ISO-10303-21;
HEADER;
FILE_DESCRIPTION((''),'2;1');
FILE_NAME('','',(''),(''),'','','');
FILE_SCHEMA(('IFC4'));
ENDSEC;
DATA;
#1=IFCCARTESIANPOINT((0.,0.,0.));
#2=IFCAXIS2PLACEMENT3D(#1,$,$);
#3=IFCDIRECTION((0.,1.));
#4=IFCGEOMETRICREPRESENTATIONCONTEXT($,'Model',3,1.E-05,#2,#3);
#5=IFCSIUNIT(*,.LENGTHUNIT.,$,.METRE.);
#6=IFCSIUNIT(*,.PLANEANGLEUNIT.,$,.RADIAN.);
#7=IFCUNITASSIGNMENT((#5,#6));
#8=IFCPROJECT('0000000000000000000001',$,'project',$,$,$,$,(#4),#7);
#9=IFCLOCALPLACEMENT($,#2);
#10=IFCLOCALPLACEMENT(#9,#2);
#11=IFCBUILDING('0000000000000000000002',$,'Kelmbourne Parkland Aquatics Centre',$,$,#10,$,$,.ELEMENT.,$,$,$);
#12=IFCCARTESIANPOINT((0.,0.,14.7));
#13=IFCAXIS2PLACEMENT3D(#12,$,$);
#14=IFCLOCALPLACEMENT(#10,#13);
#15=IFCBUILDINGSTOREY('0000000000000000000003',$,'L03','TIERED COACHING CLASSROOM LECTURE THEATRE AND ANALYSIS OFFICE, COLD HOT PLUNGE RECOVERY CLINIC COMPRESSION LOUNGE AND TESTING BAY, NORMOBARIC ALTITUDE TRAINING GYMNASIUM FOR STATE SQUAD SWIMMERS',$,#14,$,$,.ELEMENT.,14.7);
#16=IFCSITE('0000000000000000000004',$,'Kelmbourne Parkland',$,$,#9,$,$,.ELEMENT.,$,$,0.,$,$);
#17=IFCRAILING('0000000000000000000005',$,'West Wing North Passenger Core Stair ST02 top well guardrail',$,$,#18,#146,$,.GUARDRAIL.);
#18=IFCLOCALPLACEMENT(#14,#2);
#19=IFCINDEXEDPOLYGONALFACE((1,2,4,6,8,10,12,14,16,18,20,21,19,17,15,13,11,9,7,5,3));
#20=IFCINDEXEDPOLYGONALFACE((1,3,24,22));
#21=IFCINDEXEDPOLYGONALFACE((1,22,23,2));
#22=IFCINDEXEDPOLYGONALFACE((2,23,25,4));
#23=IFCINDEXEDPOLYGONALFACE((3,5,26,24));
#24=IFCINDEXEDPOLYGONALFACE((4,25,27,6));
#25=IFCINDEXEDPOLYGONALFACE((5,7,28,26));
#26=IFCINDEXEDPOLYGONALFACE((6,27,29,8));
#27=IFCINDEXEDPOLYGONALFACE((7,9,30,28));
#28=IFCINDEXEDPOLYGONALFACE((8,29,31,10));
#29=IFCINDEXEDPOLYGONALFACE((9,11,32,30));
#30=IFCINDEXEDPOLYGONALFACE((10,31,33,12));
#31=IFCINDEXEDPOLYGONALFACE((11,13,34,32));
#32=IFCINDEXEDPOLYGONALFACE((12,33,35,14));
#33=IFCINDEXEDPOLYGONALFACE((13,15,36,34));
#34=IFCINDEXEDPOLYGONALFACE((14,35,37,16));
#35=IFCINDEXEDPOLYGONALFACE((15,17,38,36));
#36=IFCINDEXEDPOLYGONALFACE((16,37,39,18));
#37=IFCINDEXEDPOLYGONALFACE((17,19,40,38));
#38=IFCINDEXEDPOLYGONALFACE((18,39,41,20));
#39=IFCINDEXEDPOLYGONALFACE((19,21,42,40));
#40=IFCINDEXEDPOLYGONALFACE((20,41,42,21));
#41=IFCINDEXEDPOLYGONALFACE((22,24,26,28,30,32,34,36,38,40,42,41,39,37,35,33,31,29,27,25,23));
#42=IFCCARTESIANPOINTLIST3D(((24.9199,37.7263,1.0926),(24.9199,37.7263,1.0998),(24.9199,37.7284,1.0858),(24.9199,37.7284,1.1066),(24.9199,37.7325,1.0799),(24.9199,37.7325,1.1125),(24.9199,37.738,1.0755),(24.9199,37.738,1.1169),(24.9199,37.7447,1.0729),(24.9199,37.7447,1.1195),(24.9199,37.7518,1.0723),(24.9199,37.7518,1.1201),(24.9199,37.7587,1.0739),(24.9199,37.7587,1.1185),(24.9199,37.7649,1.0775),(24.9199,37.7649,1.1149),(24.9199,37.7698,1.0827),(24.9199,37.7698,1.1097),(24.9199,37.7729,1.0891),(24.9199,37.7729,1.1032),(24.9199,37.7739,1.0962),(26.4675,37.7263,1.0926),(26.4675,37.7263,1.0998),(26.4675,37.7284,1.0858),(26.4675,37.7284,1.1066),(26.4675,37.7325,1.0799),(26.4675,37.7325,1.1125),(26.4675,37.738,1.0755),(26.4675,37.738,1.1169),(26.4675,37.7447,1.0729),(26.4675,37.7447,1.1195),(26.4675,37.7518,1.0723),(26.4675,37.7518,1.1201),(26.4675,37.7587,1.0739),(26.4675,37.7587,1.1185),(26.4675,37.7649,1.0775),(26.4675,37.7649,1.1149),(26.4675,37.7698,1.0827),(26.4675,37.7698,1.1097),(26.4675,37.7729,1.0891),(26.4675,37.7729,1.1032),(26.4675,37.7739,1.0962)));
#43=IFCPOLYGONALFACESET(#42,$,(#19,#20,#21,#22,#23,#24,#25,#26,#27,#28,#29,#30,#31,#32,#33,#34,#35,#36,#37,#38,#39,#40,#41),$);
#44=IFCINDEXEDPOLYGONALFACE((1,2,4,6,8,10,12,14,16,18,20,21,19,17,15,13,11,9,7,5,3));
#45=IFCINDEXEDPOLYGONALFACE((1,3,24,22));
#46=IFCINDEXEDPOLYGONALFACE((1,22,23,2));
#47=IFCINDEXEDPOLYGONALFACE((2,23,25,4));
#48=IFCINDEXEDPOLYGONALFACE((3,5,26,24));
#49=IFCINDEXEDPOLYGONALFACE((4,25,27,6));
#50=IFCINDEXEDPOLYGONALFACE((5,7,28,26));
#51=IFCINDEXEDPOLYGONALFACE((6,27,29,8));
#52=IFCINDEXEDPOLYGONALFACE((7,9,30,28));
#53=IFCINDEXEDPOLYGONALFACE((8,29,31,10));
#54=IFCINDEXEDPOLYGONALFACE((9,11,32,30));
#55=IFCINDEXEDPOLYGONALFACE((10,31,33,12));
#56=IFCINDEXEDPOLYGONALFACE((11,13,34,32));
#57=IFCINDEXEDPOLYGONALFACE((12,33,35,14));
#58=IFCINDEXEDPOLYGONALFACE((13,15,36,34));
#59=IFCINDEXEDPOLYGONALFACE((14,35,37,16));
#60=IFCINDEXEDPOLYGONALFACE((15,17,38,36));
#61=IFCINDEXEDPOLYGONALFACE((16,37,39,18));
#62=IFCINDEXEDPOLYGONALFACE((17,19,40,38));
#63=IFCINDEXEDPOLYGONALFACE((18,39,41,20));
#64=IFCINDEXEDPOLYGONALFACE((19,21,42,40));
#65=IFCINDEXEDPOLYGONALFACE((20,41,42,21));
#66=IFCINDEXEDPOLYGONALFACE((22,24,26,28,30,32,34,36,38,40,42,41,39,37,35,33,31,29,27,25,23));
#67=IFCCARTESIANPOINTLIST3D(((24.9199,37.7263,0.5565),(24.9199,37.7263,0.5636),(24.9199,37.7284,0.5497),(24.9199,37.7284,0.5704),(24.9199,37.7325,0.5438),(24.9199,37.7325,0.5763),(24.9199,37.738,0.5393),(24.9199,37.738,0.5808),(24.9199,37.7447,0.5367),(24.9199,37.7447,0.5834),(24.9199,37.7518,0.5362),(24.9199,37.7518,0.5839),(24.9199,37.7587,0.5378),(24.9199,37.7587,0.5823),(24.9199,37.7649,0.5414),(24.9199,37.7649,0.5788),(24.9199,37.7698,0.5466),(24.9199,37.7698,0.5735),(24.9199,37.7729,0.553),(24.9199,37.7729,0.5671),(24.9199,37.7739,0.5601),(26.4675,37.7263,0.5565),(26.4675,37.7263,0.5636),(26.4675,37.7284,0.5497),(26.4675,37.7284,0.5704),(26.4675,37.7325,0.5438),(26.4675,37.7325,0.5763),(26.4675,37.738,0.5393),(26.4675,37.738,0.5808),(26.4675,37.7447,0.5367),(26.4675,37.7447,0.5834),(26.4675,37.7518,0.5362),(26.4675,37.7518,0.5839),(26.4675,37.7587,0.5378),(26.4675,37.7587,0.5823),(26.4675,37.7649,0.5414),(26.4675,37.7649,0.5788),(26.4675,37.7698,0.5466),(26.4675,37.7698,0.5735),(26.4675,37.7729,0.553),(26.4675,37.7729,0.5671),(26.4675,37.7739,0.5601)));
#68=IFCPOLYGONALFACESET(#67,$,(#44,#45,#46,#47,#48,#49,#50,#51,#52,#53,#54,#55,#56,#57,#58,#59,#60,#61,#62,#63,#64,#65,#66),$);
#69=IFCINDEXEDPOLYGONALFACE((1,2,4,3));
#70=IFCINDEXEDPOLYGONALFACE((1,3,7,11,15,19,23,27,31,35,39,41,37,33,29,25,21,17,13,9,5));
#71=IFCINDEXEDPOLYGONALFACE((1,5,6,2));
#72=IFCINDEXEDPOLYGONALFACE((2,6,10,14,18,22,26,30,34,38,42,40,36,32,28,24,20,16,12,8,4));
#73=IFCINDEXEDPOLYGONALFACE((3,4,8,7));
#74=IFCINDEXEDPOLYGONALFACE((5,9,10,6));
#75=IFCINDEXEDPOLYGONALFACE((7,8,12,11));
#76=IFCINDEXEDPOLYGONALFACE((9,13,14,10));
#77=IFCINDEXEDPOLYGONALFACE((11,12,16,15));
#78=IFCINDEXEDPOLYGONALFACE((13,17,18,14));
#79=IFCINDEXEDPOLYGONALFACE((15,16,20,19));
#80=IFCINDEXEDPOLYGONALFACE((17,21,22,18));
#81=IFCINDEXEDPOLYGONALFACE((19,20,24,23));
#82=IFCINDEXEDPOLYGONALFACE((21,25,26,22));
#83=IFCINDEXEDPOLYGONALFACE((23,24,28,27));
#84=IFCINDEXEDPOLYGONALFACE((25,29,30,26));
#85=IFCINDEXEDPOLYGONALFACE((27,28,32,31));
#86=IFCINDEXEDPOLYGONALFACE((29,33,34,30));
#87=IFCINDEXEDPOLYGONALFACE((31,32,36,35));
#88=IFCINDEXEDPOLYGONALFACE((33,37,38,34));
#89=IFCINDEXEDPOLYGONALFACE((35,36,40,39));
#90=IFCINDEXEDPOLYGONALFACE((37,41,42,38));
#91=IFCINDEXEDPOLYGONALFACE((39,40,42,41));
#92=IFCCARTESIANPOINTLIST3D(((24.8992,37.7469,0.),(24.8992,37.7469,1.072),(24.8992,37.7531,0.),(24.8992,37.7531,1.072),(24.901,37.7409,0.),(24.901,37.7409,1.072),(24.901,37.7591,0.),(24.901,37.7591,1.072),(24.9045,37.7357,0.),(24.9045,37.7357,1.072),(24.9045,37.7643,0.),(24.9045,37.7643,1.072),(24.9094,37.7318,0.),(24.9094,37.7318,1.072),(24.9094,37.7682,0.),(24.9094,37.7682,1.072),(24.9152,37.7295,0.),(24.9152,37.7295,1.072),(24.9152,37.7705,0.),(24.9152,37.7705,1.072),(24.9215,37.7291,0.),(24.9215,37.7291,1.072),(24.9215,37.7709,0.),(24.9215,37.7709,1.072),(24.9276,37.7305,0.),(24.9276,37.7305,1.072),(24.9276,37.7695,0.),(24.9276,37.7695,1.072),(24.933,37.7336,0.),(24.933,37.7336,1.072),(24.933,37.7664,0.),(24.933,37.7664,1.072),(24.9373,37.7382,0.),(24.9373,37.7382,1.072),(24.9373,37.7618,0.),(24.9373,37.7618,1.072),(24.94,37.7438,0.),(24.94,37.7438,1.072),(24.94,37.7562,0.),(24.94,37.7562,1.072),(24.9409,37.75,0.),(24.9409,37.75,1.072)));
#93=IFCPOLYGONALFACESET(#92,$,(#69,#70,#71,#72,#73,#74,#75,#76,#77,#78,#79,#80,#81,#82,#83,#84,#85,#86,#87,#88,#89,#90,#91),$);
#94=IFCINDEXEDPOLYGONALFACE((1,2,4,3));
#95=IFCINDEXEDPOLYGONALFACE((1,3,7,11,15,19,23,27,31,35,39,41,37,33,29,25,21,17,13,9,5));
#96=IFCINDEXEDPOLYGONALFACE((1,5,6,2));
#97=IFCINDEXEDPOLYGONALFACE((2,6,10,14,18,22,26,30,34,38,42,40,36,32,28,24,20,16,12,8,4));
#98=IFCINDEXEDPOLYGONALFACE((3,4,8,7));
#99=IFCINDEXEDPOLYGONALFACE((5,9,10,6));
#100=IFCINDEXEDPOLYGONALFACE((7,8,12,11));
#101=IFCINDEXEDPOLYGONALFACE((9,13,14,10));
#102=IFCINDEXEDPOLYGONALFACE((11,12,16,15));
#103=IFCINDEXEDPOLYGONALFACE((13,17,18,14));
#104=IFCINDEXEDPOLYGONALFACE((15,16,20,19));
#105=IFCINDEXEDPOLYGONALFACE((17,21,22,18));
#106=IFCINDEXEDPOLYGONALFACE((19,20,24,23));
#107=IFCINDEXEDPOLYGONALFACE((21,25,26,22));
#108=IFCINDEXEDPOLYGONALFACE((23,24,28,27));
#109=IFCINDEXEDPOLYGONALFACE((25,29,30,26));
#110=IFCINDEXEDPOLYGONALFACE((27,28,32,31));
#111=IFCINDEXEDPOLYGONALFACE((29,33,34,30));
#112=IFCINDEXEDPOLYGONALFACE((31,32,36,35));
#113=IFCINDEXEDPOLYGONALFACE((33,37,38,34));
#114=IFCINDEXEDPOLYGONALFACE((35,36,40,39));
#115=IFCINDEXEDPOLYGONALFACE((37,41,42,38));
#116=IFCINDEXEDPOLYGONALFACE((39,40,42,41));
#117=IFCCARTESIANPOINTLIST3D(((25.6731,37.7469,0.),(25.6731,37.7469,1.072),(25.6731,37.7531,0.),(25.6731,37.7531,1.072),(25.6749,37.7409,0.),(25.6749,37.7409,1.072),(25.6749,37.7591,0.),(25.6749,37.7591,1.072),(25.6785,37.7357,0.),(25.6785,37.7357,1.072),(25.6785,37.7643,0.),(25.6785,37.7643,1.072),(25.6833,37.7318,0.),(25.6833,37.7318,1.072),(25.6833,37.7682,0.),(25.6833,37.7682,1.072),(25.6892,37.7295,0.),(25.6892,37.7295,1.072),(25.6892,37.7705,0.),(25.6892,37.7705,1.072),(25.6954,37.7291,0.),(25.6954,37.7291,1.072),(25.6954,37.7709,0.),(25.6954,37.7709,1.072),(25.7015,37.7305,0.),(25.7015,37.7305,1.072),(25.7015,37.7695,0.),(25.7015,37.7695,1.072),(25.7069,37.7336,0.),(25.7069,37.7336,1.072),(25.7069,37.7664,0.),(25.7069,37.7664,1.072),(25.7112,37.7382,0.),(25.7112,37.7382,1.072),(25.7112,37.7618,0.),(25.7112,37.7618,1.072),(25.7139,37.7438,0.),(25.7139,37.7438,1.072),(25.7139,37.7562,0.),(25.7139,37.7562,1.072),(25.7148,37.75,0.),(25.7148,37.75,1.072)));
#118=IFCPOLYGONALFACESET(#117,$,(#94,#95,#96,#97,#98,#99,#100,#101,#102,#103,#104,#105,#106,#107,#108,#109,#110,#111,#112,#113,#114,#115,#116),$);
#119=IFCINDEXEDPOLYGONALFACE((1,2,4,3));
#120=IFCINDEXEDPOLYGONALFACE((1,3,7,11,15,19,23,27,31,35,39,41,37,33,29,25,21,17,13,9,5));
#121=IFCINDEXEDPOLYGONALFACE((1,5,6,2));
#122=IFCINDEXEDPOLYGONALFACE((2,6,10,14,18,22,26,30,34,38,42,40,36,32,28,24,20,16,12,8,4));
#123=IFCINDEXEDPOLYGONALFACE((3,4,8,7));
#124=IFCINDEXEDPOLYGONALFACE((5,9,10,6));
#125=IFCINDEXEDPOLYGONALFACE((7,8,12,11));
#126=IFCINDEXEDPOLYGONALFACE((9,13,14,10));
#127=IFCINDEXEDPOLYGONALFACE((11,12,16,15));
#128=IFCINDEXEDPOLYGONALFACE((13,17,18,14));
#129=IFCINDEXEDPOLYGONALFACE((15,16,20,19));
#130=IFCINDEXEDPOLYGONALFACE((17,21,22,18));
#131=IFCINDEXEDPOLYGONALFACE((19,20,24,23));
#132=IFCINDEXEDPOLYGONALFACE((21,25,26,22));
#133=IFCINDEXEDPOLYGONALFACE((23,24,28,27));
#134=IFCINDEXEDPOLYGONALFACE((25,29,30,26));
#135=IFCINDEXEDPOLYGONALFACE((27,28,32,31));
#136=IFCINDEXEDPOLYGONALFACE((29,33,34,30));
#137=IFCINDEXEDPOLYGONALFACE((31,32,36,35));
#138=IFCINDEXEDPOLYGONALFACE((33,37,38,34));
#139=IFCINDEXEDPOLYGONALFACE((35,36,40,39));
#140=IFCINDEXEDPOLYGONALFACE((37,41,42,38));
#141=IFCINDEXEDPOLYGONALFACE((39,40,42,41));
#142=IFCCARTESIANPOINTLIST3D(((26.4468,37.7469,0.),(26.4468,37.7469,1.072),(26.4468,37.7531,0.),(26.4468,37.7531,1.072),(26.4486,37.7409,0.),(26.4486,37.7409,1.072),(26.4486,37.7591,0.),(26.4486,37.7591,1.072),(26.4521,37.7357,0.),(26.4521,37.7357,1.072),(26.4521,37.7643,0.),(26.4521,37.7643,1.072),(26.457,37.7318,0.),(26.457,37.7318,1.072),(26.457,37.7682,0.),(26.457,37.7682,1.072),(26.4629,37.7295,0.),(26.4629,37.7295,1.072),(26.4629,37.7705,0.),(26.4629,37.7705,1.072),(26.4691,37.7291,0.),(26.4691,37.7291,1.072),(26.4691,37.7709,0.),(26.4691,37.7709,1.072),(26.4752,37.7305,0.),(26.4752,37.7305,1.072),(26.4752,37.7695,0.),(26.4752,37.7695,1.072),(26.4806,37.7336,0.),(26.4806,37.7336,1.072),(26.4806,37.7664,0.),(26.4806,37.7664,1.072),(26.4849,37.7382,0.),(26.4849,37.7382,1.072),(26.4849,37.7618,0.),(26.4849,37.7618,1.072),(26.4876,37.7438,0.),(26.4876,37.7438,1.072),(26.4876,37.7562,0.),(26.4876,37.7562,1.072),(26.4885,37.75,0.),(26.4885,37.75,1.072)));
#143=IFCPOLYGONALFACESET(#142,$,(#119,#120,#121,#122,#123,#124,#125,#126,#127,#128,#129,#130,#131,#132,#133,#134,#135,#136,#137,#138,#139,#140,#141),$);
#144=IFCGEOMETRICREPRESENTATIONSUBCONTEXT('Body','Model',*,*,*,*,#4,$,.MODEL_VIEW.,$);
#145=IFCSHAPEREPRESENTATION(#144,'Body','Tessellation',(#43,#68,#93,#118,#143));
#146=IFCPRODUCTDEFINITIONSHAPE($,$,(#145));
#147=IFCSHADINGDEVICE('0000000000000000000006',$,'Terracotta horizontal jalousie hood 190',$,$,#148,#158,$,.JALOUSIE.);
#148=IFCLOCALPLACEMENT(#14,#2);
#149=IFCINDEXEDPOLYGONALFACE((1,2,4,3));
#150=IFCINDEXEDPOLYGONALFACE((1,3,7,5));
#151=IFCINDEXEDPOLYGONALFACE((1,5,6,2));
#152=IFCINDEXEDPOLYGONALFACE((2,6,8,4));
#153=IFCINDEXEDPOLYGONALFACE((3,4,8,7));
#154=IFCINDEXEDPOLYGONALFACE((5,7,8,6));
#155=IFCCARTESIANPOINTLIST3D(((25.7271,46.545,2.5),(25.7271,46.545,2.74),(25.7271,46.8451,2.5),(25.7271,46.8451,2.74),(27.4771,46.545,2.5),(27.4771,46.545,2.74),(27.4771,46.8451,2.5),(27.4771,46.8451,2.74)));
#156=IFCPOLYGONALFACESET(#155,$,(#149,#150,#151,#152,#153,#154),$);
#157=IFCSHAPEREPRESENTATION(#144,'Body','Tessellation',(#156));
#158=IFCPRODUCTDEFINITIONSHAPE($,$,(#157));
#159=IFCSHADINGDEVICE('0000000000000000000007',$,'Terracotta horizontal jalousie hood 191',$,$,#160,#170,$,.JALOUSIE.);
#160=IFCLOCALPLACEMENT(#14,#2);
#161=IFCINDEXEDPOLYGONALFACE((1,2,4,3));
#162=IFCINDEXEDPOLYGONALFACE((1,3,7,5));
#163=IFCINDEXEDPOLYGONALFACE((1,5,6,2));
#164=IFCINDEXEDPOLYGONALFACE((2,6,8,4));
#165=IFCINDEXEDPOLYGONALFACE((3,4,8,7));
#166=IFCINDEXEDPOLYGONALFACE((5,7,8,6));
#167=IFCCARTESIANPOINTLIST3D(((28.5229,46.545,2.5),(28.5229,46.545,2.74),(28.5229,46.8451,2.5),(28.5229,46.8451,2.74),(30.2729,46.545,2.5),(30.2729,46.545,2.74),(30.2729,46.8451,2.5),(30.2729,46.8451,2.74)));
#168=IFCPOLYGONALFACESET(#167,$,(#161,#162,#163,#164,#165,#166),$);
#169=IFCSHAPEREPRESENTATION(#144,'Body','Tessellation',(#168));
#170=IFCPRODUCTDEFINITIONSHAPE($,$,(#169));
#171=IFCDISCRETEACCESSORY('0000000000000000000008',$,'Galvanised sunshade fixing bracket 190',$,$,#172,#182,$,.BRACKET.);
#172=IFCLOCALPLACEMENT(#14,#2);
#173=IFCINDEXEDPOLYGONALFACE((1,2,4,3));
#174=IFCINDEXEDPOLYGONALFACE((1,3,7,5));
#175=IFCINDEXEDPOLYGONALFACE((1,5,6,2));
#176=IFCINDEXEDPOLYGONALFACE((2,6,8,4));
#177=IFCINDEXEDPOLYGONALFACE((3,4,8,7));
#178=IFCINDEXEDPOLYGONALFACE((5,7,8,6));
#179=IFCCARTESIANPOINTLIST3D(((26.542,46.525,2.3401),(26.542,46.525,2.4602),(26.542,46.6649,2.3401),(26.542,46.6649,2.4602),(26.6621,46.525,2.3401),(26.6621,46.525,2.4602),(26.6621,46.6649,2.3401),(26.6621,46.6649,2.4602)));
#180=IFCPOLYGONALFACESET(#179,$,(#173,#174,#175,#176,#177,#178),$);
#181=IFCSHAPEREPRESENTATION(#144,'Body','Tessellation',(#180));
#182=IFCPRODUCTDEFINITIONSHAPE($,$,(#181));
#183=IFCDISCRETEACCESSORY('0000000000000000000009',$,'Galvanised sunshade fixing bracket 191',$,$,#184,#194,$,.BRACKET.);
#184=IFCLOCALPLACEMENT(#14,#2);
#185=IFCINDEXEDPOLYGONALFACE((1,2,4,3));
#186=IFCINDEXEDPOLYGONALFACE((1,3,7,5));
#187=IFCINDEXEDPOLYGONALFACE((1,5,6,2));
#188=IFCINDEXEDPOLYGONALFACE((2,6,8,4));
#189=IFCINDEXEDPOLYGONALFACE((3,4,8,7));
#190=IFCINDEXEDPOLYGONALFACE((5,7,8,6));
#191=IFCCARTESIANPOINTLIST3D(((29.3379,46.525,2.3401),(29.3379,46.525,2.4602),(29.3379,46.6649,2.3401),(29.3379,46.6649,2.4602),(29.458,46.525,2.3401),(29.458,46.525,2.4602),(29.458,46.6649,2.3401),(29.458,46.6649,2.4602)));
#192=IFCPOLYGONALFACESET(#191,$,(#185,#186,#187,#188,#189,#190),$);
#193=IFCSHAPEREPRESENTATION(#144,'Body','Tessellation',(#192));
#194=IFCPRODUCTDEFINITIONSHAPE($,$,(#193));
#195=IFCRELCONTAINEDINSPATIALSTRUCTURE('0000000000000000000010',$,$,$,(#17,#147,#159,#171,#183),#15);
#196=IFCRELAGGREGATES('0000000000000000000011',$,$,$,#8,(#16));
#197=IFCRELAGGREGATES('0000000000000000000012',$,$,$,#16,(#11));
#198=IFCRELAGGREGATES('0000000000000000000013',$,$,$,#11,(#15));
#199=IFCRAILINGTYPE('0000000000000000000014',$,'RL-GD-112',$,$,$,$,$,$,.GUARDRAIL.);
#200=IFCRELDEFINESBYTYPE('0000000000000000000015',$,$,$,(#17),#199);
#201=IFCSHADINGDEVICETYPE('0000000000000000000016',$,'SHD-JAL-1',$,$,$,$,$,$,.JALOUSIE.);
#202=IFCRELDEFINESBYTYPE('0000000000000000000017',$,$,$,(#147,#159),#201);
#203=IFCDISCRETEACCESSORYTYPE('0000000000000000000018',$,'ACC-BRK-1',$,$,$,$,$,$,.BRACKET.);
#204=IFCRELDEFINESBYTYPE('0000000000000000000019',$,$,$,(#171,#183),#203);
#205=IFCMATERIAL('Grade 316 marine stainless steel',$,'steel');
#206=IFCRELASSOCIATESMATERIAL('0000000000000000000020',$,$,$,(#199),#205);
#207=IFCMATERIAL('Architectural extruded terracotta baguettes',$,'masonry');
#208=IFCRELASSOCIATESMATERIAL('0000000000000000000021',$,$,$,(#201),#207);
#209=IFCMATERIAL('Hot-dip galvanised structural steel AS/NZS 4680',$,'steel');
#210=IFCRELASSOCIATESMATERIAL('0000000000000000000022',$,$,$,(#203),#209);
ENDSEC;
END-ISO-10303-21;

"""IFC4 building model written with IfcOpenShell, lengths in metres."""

from ifc_helpers import new_model, si_unit, direction, frame, origin, origin_2d, place, context, subcontext, project, spatial, rectangle, circle, extrude, material, type_object, element, save


model = new_model("IFC4")

# Units and contexts
model_context = context("Model", 3, precision=1e-05, world=origin(), true_north=direction((0.0, 1.0)))
body_context = subcontext(model_context, "Body", "Model", "MODEL_VIEW")
ifc_project = project(units=[si_unit("LENGTHUNIT", "METRE"), si_unit("PLANEANGLEUNIT", "RADIAN")], contexts=[model_context])

# Site, building, storey
site_placement = place(None, origin())
site = spatial("IfcSite", under=ifc_project, at=site_placement, Name="Kelmbourne Parkland", CompositionType="ELEMENT", RefElevation=0.0)
building_placement = place(site_placement, origin())
building = spatial("IfcBuilding", under=site, at=building_placement, Name="Kelmbourne Parkland Aquatics Centre", CompositionType="ELEMENT")
storey_placement = place(building_placement, frame((0.0, 0.0, 14.7)))
storey = spatial("IfcBuildingStorey", under=building, at=storey_placement, Name="L03", Description="TIERED COACHING CLASSROOM LECTURE THEATRE AND ANALYSIS OFFICE, COLD HOT PLUNGE RECOVERY CLINIC COMPRESSION LOUNGE AND TESTING BAY, NORMOBARIC ALTITUDE TRAINING GYMNASIUM FOR STATE SQUAD SWIMMERS", CompositionType="ELEMENT", Elevation=14.7)

# Railing
ifc_material_1 = material(Name="Grade 316 marine stainless steel", Category="steel")
railing_type = type_object("IfcRailingType", Name="RL-GD-112", PredefinedType="GUARDRAIL", material=ifc_material_1)
railing_placement = place(storey_placement, frame((24.9199, 37.75, 0.0)))
element("IfcRailing", 1, at=railing_placement, inside=storey, type_object=railing_type, Name="West Wing North Passenger Core Stair ST02 top well guardrail", PredefinedType="GUARDRAIL", context=body_context, shape_type="SweptSolid", body=[
    extrude(circle(Radius=0.0239, at=origin_2d()), frame((0.0, 0.0, 1.0962), z_axis=(1.0, 0.0, 0.0), x_axis=(0.0, 1.0, 0.0)), (0.0, 0.0, 1.0), 1.5476),
    extrude(circle(Radius=0.0239, at=origin_2d()), frame((0.0, 0.0, 0.5601), z_axis=(1.0, 0.0, 0.0), x_axis=(0.0, 1.0, 0.0)), (0.0, 0.0, 1.0), 1.5476),
    extrude(circle(Radius=0.021, at=origin_2d()), origin(), (0.0, 0.0, 1.0), 1.072),
    extrude(circle(Radius=0.021, at=origin_2d()), frame((0.7739, 0.0, 0.0)), (0.0, 0.0, 1.0), 1.072),
    extrude(circle(Radius=0.021, at=origin_2d()), frame((1.5476, 0.0, 0.0)), (0.0, 0.0, 1.0), 1.072),
])

# Shading devices
ifc_material_2 = material(Name="Architectural extruded terracotta baguettes", Category="masonry")
shading_device_type = type_object("IfcShadingDeviceType", Name="SHD-JAL-1", PredefinedType="JALOUSIE", material=ifc_material_2)
for number, where, z_axis, x_axis, name in (
    (2, (26.6021, 46.6951, 2.5), (0.0, 0.0, 1.0), (1.0, 0.0, 0.0), "Terracotta horizontal jalousie hood 190"),
    (3, (29.3979, 46.6951, 2.5), (0.0, 0.0, 1.0), (1.0, 0.0, 0.0), "Terracotta horizontal jalousie hood 191"),
):
    element("IfcShadingDevice", number, at=place(storey_placement, frame(where, z_axis=z_axis, x_axis=x_axis)), inside=storey, type_object=shading_device_type, Name=name, PredefinedType="JALOUSIE", context=body_context, shape_type="SweptSolid", body=[
        extrude(rectangle(XDim=1.75, YDim=0.3, at=origin_2d()), origin(), (0.0, 0.0, 1.0), 0.24),
    ])

# Discrete accessories
ifc_material_3 = material(Name="Hot-dip galvanised structural steel AS/NZS 4680", Category="steel")
discrete_accessory_type = type_object("IfcDiscreteAccessoryType", Name="ACC-BRK-1", PredefinedType="BRACKET", material=ifc_material_3)
for number, where, z_axis, x_axis, name in (
    (4, (26.6021, 46.595, 2.3401), (0.0, 0.0, 1.0), (1.0, 0.0, 0.0), "Galvanised sunshade fixing bracket 190"),
    (5, (29.3979, 46.595, 2.3401), (0.0, 0.0, 1.0), (1.0, 0.0, 0.0), "Galvanised sunshade fixing bracket 191"),
):
    element("IfcDiscreteAccessory", number, at=place(storey_placement, frame(where, z_axis=z_axis, x_axis=x_axis)), inside=storey, type_object=discrete_accessory_type, Name=name, PredefinedType="BRACKET", context=body_context, shape_type="SweptSolid", body=[
        extrude(rectangle(XDim=0.1201, YDim=0.1399, at=origin_2d()), origin(), (0.0, 0.0, 1.0), 0.1201),
    ])

save(model, "model.ifc")
